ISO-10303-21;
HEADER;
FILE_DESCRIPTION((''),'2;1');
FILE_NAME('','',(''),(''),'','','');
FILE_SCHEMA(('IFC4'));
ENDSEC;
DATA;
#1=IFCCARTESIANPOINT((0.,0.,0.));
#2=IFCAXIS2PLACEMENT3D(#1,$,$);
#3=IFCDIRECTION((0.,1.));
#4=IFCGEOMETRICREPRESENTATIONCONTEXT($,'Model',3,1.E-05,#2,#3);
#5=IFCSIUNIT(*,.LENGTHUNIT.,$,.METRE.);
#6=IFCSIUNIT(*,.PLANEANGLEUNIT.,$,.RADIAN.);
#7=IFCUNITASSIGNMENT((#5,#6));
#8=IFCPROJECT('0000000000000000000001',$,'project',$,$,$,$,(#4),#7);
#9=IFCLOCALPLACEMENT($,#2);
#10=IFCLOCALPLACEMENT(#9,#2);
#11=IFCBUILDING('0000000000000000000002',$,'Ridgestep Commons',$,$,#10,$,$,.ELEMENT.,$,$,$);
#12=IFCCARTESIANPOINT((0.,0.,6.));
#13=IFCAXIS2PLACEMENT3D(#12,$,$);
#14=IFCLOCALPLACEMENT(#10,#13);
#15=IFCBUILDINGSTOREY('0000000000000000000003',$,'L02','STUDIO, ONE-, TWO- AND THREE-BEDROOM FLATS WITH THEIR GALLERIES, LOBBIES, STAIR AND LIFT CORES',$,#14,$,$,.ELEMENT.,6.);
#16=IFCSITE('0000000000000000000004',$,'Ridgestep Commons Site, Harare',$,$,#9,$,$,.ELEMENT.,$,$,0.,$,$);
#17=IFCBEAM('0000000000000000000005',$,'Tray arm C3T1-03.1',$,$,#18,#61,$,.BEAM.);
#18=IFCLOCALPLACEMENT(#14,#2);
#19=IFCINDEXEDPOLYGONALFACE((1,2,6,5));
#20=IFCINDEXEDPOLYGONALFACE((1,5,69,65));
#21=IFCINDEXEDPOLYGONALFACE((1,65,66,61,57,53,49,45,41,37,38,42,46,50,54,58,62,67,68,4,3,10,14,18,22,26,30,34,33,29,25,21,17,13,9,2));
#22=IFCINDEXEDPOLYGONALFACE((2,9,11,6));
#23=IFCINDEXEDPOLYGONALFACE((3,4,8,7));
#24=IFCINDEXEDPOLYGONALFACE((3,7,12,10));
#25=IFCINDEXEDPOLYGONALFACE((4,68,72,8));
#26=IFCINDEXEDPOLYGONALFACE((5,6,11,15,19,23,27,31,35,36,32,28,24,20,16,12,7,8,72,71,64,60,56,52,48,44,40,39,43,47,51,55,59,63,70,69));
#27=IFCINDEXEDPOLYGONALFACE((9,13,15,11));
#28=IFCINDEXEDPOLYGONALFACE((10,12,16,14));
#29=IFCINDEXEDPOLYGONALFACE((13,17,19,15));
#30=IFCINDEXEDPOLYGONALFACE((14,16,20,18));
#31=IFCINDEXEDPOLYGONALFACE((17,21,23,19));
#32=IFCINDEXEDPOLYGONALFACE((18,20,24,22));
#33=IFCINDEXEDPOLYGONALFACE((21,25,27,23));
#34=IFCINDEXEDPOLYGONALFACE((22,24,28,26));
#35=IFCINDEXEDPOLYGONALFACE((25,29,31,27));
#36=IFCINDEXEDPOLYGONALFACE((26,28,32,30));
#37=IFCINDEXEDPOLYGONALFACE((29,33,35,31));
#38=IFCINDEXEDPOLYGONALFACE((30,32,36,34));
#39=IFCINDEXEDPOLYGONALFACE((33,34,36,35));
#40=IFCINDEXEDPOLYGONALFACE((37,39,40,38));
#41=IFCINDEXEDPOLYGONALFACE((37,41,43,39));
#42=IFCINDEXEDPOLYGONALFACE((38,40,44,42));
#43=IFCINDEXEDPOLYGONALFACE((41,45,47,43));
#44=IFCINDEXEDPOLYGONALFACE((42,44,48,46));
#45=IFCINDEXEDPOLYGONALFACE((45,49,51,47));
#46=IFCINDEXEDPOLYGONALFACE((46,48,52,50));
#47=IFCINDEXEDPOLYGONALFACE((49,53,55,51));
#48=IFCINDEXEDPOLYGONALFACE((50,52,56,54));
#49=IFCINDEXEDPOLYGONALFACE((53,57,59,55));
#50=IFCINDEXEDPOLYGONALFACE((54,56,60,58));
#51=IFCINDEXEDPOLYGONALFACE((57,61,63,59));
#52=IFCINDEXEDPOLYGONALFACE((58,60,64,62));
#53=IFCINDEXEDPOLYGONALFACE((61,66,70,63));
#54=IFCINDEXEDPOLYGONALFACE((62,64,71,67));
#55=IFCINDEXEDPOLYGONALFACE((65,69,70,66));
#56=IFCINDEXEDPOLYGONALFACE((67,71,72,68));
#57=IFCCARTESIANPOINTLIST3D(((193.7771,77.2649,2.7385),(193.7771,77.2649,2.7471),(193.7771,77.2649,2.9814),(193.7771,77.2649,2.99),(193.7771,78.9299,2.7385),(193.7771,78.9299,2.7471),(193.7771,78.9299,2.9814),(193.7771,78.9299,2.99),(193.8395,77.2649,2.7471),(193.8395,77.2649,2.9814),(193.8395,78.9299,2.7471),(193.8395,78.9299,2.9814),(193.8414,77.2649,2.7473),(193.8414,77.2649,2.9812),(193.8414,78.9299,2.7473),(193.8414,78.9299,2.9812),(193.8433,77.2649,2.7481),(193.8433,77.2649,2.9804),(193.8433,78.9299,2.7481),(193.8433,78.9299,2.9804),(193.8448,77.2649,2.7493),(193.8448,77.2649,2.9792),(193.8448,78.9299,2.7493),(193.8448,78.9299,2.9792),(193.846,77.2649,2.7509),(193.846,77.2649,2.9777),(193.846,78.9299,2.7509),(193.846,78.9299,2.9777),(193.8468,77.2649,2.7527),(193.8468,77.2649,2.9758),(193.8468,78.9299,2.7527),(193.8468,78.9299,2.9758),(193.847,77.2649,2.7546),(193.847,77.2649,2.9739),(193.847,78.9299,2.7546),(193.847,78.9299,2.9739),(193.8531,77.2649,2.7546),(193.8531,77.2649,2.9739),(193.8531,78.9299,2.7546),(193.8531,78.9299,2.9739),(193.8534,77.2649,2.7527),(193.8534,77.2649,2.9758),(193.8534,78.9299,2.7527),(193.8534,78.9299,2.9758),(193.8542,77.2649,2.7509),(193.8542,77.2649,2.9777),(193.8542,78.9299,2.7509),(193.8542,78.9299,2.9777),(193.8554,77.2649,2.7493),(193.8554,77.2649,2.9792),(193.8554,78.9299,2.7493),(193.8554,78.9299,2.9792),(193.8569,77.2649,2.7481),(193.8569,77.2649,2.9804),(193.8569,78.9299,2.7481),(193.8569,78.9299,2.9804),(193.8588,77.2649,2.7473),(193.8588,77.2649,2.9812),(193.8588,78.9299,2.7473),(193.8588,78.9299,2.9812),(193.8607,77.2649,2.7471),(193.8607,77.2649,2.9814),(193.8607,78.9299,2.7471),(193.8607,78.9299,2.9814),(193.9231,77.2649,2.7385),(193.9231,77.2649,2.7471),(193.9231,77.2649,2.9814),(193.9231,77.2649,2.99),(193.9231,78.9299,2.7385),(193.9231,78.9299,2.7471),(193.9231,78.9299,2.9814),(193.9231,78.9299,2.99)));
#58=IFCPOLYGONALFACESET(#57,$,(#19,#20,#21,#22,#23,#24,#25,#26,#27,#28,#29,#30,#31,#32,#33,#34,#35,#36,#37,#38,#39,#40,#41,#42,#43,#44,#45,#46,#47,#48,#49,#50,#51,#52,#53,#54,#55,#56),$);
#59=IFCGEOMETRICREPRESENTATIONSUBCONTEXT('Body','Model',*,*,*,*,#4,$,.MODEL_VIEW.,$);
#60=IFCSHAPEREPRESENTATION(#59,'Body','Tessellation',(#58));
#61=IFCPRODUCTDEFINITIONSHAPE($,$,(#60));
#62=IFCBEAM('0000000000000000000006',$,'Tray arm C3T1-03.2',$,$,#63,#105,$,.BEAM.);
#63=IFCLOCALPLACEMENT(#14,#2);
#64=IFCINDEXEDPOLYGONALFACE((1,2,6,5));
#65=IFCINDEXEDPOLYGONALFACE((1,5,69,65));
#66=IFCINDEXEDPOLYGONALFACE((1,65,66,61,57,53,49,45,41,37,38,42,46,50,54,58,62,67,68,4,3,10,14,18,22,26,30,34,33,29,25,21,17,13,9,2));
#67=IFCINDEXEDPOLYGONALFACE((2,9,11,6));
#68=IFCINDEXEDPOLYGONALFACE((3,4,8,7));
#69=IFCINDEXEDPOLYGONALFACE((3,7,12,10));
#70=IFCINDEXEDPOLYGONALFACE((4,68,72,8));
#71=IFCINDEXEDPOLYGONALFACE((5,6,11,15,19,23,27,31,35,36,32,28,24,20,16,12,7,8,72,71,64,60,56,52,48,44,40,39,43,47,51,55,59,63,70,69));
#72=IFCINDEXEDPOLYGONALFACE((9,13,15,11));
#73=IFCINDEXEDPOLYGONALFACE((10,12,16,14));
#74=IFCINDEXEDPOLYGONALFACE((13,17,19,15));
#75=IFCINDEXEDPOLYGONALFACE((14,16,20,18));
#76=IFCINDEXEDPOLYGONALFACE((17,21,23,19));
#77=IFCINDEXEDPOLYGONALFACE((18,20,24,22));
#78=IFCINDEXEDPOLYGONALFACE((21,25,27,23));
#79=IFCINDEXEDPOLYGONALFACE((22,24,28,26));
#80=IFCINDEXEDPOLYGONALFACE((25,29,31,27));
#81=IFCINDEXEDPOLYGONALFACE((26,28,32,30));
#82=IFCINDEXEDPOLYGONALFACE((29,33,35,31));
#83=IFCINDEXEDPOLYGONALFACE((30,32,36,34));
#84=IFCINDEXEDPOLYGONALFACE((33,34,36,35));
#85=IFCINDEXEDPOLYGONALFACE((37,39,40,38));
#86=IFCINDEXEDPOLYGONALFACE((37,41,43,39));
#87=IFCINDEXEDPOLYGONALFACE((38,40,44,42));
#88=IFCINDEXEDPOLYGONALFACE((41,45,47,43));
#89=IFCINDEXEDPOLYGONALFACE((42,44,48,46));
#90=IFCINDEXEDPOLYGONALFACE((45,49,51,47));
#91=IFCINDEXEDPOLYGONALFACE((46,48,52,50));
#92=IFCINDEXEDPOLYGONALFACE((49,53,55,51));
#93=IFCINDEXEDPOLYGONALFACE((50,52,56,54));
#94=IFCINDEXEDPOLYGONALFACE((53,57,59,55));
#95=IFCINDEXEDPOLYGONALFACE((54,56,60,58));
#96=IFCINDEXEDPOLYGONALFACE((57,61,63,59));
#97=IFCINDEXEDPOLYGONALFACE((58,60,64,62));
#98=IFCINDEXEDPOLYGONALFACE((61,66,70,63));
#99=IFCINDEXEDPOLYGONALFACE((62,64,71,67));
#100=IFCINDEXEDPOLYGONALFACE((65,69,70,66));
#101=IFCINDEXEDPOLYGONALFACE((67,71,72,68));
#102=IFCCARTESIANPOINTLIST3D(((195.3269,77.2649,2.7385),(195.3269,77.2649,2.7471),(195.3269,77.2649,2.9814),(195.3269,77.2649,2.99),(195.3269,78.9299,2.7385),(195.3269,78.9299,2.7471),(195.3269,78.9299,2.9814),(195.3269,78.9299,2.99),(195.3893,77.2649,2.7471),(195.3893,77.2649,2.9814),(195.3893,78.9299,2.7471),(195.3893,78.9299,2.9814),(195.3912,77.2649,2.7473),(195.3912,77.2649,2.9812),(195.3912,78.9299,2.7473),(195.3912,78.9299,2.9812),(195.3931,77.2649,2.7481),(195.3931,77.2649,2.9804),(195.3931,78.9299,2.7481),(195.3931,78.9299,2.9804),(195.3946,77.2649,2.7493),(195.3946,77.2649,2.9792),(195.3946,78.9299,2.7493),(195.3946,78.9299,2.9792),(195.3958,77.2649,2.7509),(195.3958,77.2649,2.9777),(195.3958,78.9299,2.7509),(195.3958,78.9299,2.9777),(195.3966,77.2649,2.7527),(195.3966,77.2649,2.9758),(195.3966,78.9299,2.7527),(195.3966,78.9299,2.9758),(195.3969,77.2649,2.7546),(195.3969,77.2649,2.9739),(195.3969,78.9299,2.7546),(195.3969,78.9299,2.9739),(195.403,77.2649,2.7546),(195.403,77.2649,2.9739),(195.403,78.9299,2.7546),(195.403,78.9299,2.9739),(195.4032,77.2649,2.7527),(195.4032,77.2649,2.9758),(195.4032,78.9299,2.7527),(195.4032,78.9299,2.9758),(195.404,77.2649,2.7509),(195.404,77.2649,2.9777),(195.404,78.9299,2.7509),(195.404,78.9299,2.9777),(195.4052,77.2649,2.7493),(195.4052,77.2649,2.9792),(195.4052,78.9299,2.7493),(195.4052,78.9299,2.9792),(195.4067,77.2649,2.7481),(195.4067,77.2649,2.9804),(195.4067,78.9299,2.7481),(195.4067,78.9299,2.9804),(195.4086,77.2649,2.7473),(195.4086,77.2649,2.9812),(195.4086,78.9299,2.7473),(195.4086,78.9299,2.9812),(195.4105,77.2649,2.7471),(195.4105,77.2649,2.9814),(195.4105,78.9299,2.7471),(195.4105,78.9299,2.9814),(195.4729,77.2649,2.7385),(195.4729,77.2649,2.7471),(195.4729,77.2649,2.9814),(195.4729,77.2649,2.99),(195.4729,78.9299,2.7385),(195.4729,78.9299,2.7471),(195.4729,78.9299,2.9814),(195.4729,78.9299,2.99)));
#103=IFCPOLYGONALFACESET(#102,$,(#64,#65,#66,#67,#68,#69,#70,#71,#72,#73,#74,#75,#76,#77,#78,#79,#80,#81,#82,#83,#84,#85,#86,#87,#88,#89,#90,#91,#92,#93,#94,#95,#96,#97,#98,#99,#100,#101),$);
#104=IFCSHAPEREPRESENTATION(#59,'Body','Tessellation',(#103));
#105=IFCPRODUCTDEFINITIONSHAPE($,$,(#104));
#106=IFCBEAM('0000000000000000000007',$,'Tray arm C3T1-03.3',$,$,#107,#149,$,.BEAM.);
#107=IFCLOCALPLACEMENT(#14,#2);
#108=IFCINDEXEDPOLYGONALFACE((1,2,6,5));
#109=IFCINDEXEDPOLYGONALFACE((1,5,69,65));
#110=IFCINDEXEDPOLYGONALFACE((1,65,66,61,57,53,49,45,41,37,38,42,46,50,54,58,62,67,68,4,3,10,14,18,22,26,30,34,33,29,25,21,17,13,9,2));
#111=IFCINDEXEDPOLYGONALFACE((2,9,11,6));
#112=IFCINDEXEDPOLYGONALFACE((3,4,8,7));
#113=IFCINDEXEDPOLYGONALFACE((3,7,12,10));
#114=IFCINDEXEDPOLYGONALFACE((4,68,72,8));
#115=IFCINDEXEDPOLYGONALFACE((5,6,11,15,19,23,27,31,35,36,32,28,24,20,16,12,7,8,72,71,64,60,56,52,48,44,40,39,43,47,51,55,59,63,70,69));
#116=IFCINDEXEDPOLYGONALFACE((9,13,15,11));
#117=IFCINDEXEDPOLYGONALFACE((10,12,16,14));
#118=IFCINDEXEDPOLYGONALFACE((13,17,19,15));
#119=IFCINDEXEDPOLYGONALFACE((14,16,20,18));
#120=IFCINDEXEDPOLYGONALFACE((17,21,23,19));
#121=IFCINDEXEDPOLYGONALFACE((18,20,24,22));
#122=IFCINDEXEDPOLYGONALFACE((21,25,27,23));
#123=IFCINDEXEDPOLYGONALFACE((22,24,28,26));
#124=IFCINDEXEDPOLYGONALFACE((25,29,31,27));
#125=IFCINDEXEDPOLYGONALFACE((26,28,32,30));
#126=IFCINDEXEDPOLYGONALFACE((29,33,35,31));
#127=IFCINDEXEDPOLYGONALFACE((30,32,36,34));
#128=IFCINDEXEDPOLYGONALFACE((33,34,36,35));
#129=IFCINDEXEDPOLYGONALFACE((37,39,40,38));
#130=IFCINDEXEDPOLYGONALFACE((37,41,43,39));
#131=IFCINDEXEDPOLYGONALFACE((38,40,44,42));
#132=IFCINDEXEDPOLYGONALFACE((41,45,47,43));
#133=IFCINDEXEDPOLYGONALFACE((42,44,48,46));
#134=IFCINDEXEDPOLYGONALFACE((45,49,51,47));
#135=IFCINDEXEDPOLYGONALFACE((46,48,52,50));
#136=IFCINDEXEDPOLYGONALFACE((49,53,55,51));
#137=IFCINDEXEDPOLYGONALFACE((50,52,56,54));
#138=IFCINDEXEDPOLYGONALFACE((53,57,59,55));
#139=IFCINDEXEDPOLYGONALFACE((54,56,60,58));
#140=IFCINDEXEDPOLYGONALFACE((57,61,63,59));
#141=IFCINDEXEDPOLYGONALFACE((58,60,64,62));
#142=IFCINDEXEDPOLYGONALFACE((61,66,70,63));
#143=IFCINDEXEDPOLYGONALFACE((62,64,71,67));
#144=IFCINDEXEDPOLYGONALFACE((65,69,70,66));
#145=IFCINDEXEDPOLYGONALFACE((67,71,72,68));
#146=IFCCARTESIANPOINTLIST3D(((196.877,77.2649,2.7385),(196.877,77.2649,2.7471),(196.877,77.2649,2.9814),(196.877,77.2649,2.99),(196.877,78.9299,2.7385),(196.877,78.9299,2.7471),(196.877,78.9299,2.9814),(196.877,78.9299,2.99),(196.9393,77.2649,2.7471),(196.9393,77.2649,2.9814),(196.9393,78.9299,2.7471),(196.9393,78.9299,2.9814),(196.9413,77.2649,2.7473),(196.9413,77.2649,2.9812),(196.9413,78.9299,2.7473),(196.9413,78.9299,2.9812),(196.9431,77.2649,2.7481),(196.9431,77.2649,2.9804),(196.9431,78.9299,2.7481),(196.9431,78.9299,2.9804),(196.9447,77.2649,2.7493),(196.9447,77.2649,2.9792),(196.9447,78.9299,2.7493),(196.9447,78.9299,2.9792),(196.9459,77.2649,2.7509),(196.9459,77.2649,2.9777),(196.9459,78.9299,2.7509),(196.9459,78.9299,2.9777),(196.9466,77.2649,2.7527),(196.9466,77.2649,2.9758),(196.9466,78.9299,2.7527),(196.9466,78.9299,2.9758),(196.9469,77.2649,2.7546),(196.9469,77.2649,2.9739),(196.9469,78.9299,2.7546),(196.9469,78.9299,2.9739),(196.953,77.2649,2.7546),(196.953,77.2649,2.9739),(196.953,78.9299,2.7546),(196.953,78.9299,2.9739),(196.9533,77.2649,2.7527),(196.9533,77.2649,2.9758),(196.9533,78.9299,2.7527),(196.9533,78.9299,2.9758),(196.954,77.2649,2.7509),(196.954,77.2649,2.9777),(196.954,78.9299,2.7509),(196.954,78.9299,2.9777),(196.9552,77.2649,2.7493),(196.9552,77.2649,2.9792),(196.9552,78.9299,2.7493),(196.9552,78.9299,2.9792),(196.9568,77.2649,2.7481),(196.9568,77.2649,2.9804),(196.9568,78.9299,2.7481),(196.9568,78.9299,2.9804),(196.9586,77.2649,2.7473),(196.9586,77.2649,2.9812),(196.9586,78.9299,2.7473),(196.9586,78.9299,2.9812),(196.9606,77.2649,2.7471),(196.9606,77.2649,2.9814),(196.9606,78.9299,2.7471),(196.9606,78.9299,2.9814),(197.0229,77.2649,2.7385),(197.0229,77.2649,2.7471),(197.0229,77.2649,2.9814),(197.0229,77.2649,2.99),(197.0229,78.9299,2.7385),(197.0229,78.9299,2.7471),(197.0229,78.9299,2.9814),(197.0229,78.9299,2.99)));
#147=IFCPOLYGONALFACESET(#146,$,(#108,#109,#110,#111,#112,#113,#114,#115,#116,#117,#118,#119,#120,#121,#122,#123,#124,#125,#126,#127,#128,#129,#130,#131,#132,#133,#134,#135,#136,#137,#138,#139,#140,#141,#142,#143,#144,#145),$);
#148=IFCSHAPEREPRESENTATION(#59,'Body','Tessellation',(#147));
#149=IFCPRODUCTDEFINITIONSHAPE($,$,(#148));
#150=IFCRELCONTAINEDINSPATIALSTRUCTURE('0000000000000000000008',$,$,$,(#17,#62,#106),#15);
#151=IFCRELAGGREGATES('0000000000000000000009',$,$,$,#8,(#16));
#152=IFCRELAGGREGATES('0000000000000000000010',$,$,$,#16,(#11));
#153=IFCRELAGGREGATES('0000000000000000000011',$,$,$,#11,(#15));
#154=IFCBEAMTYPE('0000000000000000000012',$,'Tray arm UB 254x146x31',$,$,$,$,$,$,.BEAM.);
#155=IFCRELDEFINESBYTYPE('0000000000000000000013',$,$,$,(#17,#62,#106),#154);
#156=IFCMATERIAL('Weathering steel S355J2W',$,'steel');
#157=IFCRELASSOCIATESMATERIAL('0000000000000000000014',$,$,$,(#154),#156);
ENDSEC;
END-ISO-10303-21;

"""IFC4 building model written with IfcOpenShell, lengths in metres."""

from ifc_helpers import new_model, si_unit, direction, frame, origin, origin_2d, place, context, subcontext, project, spatial, i_section, extrude, material, material_profile, profile_set, type_object, element, save


model = new_model("IFC4")

# Units and contexts
model_context = context("Model", 3, precision=1e-05, world=origin(), true_north=direction((0.0, 1.0)))
body_context = subcontext(model_context, "Body", "Model", "MODEL_VIEW")
ifc_project = project(units=[si_unit("LENGTHUNIT", "METRE"), si_unit("PLANEANGLEUNIT", "RADIAN")], contexts=[model_context])

# Site, building, storey
site_placement = place(None, origin())
site = spatial("IfcSite", under=ifc_project, at=site_placement, Name="Ridgestep Commons Site, Harare", CompositionType="ELEMENT", RefElevation=0.0)
building_placement = place(site_placement, origin())
building = spatial("IfcBuilding", under=site, at=building_placement, Name="Ridgestep Commons", CompositionType="ELEMENT")
storey_placement = place(building_placement, frame((0.0, 0.0, 6.0)))
storey = spatial("IfcBuildingStorey", under=building, at=storey_placement, Name="L02", Description="STUDIO, ONE-, TWO- AND THREE-BEDROOM FLATS WITH THEIR GALLERIES, LOBBIES, STAIR AND LIFT CORES", CompositionType="ELEMENT", Elevation=6.0)

# Beams
ifc_material_1 = material(Name="Weathering steel S355J2W", Category="steel")
ifc_material_profile_1 = material_profile(ifc_material_1, i_section(OverallWidth=0.146, OverallDepth=0.2515, WebThickness=0.0061, FlangeThickness=0.0085, FilletRadius=0.0076, at=origin_2d()), Name="UB 254x146x31")
ifc_profile_set_1 = profile_set([ifc_material_profile_1], Name="Weathering steel S355J2W")
beam_type_1 = type_object("IfcBeamType", Name="Tray arm UB 254x146x31", PredefinedType="BEAM", material=ifc_profile_set_1)
for number, where, z_axis, x_axis, name in (
    (1, (193.8501, 77.2649, 2.8643), (0.0, 1.0, 0.0), (-1.0, 0.0, 0.0), "Tray arm C3T1-03.1"),
    (2, (195.3999, 77.2649, 2.8643), (0.0, 1.0, 0.0), (-1.0, 0.0, 0.0), "Tray arm C3T1-03.2"),
    (3, (196.95, 77.2649, 2.8643), (0.0, 1.0, 0.0), (-1.0, 0.0, 0.0), "Tray arm C3T1-03.3"),
):
    element("IfcBeam", number, at=place(storey_placement, frame(where, z_axis=z_axis, x_axis=x_axis)), inside=storey, type_object=beam_type_1, Name=name, PredefinedType="BEAM", context=body_context, shape_type="SweptSolid", body=[
        extrude(i_section(OverallWidth=0.146, OverallDepth=0.2515, WebThickness=0.0061, FlangeThickness=0.0085, FilletRadius=0.0076, at=origin_2d()), origin(), (0.0, 0.0, 1.0), 1.665),
    ])

save(model, "model.ifc")
